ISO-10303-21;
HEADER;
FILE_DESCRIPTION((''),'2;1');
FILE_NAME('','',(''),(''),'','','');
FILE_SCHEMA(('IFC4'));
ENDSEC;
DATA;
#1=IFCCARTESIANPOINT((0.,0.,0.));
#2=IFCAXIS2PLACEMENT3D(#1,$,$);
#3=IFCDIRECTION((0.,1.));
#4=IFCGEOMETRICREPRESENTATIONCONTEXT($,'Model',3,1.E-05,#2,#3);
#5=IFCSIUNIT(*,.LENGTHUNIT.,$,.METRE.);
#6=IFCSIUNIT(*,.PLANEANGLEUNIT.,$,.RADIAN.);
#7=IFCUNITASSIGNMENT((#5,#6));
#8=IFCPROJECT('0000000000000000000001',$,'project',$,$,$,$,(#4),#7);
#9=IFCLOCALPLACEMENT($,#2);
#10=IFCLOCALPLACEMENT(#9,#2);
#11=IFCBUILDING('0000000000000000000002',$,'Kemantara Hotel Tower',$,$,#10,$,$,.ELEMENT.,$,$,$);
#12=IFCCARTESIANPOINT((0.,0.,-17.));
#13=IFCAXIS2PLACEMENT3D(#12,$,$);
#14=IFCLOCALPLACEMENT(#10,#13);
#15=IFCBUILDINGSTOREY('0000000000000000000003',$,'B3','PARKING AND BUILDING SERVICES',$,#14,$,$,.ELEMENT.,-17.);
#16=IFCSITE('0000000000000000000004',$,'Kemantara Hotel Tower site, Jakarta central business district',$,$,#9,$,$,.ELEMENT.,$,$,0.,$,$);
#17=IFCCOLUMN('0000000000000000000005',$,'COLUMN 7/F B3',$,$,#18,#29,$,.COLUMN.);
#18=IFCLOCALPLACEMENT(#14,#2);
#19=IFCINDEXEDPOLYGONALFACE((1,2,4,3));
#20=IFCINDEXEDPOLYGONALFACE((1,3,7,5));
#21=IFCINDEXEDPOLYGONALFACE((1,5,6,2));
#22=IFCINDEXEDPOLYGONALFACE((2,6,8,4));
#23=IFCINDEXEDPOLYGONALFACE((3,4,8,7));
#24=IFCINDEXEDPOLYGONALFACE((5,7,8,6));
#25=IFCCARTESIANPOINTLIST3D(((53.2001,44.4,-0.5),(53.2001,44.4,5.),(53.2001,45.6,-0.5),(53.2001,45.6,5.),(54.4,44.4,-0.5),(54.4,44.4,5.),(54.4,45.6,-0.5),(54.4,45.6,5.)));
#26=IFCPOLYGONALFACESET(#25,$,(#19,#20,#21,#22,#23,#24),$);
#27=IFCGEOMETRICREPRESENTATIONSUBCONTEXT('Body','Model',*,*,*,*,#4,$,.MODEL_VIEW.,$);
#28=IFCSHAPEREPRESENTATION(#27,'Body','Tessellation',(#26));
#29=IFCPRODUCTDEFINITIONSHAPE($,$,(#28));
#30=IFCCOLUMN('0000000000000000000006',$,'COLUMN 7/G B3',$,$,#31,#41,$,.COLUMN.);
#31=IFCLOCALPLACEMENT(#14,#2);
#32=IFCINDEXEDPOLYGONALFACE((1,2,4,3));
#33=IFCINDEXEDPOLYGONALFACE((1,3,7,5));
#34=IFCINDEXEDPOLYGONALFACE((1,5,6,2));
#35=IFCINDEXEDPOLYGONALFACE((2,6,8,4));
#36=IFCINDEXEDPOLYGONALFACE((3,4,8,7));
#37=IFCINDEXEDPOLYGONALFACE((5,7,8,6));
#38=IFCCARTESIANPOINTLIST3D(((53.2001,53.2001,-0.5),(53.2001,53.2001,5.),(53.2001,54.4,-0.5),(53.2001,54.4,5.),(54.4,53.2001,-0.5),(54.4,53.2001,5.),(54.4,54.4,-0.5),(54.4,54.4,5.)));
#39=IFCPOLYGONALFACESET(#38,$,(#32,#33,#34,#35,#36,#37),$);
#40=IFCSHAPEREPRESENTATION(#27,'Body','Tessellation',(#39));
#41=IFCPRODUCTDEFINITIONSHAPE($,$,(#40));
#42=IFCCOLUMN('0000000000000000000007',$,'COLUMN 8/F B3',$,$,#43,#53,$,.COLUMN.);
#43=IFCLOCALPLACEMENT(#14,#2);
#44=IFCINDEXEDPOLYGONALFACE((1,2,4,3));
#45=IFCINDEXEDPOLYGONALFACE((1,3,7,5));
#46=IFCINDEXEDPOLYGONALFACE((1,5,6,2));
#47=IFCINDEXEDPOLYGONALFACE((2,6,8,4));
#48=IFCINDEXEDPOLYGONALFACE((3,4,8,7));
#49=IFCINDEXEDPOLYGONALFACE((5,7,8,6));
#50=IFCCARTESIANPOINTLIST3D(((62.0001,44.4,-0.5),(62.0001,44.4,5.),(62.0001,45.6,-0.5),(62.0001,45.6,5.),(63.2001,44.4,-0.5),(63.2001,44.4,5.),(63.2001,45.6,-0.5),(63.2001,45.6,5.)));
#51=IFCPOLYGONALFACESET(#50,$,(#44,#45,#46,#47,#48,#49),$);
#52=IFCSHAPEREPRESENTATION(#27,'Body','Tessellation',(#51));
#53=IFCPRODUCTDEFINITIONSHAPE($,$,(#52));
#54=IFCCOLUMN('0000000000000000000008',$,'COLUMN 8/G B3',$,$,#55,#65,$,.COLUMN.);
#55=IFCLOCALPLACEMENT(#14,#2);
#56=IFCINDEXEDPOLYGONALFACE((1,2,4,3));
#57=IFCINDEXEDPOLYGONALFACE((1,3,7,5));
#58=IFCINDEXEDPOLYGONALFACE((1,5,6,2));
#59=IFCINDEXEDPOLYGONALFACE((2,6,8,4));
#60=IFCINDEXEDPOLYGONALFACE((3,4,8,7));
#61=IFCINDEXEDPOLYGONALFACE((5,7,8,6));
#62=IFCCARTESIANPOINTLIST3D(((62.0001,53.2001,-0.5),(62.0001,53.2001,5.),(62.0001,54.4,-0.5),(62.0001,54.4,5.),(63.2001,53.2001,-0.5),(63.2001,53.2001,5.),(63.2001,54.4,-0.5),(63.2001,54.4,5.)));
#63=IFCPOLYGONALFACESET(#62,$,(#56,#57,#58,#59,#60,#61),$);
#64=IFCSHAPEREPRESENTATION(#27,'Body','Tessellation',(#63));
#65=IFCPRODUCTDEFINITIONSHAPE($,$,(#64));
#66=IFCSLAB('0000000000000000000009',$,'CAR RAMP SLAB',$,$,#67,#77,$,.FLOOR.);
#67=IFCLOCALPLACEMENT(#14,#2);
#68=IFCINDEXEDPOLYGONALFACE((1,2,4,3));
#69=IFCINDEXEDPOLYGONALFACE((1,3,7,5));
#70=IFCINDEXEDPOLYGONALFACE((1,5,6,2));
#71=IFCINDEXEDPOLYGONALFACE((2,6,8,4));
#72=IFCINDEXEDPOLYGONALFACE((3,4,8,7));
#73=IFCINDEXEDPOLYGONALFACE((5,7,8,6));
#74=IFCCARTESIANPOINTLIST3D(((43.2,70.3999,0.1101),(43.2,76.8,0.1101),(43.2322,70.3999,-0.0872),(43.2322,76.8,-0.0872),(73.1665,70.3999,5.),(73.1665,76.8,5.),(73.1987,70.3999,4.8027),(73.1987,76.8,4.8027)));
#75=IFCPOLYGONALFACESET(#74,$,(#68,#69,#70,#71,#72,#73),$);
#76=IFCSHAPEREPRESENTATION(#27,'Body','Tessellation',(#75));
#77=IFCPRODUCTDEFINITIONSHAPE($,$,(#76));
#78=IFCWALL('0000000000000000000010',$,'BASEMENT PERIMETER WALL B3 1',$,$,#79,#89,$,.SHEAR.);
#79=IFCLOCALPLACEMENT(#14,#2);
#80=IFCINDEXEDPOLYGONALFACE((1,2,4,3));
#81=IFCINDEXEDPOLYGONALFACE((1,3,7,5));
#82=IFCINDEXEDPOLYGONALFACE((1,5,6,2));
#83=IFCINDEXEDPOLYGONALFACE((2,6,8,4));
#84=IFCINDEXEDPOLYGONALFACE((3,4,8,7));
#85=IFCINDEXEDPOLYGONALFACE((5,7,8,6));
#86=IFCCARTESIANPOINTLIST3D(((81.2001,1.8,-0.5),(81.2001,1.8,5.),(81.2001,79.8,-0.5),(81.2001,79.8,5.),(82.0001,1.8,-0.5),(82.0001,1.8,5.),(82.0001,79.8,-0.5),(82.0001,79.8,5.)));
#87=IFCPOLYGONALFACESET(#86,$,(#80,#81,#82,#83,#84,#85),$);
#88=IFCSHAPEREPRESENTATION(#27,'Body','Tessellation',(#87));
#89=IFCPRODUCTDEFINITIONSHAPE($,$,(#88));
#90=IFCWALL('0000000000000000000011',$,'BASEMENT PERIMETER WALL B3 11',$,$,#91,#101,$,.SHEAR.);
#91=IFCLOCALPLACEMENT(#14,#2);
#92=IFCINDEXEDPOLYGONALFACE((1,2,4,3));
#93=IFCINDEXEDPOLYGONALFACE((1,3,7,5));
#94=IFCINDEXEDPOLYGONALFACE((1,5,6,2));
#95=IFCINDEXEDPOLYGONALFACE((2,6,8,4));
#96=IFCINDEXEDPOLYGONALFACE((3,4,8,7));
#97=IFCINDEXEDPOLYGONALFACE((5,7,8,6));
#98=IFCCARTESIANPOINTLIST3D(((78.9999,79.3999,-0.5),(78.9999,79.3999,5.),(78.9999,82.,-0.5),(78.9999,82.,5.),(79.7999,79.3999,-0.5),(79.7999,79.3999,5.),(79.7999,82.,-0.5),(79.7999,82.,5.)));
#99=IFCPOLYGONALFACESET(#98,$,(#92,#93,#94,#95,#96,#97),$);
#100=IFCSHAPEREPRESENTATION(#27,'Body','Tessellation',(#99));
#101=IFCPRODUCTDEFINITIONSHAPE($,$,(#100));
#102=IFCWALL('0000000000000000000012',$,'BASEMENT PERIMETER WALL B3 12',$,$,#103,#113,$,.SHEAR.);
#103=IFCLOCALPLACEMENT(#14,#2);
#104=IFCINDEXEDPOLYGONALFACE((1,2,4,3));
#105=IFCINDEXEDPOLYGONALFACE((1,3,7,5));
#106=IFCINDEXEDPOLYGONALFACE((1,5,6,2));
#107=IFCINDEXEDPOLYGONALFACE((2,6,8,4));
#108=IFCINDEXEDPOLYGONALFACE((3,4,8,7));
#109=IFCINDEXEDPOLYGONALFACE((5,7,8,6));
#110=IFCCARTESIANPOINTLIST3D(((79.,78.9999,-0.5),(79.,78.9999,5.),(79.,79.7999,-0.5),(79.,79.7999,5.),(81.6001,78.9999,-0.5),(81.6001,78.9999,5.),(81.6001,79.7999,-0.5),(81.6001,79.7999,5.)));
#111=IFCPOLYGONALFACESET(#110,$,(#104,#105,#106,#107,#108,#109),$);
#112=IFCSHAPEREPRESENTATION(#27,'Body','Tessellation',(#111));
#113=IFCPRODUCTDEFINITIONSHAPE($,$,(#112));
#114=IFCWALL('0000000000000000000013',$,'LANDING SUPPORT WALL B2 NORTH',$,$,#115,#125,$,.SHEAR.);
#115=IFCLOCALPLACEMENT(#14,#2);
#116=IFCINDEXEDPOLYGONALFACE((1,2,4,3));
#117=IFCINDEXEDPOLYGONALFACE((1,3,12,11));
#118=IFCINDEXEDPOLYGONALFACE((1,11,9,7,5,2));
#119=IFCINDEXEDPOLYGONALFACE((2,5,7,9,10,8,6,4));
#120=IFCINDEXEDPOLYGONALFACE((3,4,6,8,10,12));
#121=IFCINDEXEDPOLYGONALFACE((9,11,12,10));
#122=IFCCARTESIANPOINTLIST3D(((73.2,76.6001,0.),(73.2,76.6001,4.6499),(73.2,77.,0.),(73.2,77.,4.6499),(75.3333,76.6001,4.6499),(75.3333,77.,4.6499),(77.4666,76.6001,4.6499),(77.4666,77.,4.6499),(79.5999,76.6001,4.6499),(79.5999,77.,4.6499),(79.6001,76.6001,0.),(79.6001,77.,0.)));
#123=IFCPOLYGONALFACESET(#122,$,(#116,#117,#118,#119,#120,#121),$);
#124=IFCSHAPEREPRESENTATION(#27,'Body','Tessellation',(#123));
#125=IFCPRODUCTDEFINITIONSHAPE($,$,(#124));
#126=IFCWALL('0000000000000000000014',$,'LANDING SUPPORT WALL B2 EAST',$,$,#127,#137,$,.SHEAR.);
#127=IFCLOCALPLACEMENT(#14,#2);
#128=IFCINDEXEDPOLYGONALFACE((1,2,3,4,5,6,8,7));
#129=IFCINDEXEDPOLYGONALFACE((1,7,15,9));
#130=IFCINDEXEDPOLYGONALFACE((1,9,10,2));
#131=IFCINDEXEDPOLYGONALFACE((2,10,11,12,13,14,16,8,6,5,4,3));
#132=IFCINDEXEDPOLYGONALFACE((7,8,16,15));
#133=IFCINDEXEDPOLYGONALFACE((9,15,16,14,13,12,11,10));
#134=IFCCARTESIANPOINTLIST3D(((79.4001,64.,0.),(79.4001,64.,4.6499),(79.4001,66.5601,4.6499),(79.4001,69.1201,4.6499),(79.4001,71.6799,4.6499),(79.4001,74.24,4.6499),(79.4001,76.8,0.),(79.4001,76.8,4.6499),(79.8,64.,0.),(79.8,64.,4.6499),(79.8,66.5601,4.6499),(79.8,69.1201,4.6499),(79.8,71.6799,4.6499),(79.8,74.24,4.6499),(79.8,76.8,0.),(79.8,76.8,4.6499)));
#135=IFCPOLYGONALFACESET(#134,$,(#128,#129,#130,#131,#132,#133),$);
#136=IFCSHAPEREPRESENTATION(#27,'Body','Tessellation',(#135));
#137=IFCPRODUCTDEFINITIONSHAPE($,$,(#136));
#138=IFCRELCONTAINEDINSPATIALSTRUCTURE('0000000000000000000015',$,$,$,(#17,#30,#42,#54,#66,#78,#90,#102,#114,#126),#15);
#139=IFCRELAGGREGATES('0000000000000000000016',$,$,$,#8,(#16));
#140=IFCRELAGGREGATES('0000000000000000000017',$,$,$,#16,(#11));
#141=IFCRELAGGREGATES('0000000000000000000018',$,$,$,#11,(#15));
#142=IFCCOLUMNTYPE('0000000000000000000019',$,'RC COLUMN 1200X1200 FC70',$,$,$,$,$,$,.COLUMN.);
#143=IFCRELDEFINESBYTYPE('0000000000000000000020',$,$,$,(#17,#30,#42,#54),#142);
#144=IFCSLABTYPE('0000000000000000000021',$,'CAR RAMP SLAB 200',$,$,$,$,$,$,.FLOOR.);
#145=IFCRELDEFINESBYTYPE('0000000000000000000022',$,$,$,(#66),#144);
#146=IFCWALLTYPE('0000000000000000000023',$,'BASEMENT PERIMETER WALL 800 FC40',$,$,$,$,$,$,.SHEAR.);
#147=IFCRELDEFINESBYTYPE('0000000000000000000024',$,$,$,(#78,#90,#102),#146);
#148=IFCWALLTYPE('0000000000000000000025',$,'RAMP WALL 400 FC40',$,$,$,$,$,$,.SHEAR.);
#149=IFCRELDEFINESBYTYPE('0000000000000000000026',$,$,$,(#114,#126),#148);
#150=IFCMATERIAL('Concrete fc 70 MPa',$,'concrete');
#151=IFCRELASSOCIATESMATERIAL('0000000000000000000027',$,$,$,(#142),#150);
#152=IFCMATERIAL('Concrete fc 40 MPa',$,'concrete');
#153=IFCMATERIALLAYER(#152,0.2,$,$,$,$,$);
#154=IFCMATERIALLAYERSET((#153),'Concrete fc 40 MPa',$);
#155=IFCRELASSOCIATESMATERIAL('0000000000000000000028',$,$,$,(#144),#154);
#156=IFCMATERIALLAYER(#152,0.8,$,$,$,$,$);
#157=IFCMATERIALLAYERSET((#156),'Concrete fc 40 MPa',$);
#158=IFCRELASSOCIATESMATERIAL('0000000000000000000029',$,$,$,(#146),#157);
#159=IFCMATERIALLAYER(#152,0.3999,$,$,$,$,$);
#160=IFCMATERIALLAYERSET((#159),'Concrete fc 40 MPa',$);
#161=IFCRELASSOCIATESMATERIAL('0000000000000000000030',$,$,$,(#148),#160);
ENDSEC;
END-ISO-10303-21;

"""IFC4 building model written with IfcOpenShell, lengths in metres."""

from ifc_helpers import new_model, si_unit, direction, frame, frame_2d, origin, origin_2d, place, context, subcontext, project, spatial, polyline, rectangle, outline, extrude, material, layer, layer_set, material_profile, profile_set, type_object, element, save


model = new_model("IFC4")

# Units and contexts
model_context = context("Model", 3, precision=1e-05, world=origin(), true_north=direction((0.0, 1.0)))
body_context = subcontext(model_context, "Body", "Model", "MODEL_VIEW")
ifc_project = project(units=[si_unit("LENGTHUNIT", "METRE"), si_unit("PLANEANGLEUNIT", "RADIAN")], contexts=[model_context])

# Site, building, storey
site_placement = place(None, origin())
site = spatial("IfcSite", under=ifc_project, at=site_placement, Name="Kemantara Hotel Tower site, Jakarta central business district", CompositionType="ELEMENT", RefElevation=0.0)
building_placement = place(site_placement, origin())
building = spatial("IfcBuilding", under=site, at=building_placement, Name="Kemantara Hotel Tower", CompositionType="ELEMENT")
storey_placement = place(building_placement, frame((0.0, 0.0, -17.0)))
storey = spatial("IfcBuildingStorey", under=building, at=storey_placement, Name="B3", Description="PARKING AND BUILDING SERVICES", CompositionType="ELEMENT", Elevation=-17.0)

# Columns
ifc_material_1 = material(Name="Concrete fc 70 MPa", Category="concrete")
ifc_material_profile_1 = material_profile(ifc_material_1, rectangle(XDim=1.2, YDim=1.2, at=origin_2d()), Name="RC 1200X1200")
ifc_profile_set_1 = profile_set([ifc_material_profile_1], Name="Concrete fc 70 MPa")
column_type_1 = type_object("IfcColumnType", Name="RC COLUMN 1200X1200 FC70", PredefinedType="COLUMN", material=ifc_profile_set_1)
for number, where, z_axis, x_axis, name in (
    (1, (53.8, 45.0, -0.5), (0.0, 0.0, 1.0), (1.0, 0.0, 0.0), "COLUMN 7/F B3"),
    (2, (53.8, 53.8, -0.5), (0.0, 0.0, 1.0), (1.0, 0.0, 0.0), "COLUMN 7/G B3"),
    (3, (62.6001, 45.0, -0.5), (0.0, 0.0, 1.0), (1.0, 0.0, 0.0), "COLUMN 8/F B3"),
    (4, (62.6001, 53.8, -0.5), (0.0, 0.0, 1.0), (1.0, 0.0, 0.0), "COLUMN 8/G B3"),
):
    element("IfcColumn", number, at=place(storey_placement, frame(where, z_axis=z_axis, x_axis=x_axis)), inside=storey, type_object=column_type_1, Name=name, PredefinedType="COLUMN", context=body_context, shape_type="SweptSolid", body=[
        extrude(rectangle(XDim=1.2, YDim=1.2, at=origin_2d()), origin(), (0.0, 0.0, 1.0), 5.5),
    ])

# Slab
ifc_material_2 = material(Name="Concrete fc 40 MPa", Category="concrete")
ifc_layer_1 = layer(ifc_material_2, 0.2)
ifc_layer_set_1 = layer_set([ifc_layer_1], Name="Concrete fc 40 MPa")
slab_type = type_object("IfcSlabType", Name="CAR RAMP SLAB 200", PredefinedType="FLOOR", material=ifc_layer_set_1)
slab_placement = place(storey_placement, frame((73.1665, 70.3999, 5.0), z_axis=(-0.161048, 0.0, 0.986947), x_axis=(-0.986947, 0.0, -0.161048)))
element("IfcSlab", 5, at=slab_placement, inside=storey, type_object=slab_type, Name="CAR RAMP SLAB", PredefinedType="FLOOR", context=body_context, shape_type="SweptSolid", body=[
    extrude(outline(polyline([(0.0, 0.0), (30.3629, 0.0), (30.3629, -6.4001), (0.0, -6.4001), (0.0, 0.0)])), origin(), (0.0, 0.0, -1.0), 0.2),
])

# Walls
ifc_layer_2 = layer(ifc_material_2, 0.8)
ifc_layer_set_2 = layer_set([ifc_layer_2], Name="Concrete fc 40 MPa")
wall_type_1 = type_object("IfcWallType", Name="BASEMENT PERIMETER WALL 800 FC40", PredefinedType="SHEAR", material=ifc_layer_set_2)
wall_1_placement = place(storey_placement, frame((81.6001, 79.8, -0.5), z_axis=(0.0, 0.0, 1.0), x_axis=(0.0, -1.0, 0.0)))
element("IfcWall", 6, at=wall_1_placement, inside=storey, type_object=wall_type_1, Name="BASEMENT PERIMETER WALL B3 1", PredefinedType="SHEAR", context=body_context, shape_type="SweptSolid", body=[
    extrude(rectangle(XDim=78.0, YDim=0.8, at=frame_2d((39.0, 0.0))), origin(), (0.0, 0.0, 1.0), 5.5),
])
for number, where, z_axis, x_axis, name in (
    (7, (79.3999, 82.0, -0.5), (0.0, 0.0, 1.0), (0.0, -1.0, 0.0), "BASEMENT PERIMETER WALL B3 11"),
    (8, (79.0, 79.3999, -0.5), (0.0, 0.0, 1.0), (1.0, 0.0, 0.0), "BASEMENT PERIMETER WALL B3 12"),
):
    element("IfcWall", number, at=place(storey_placement, frame(where, z_axis=z_axis, x_axis=x_axis)), inside=storey, type_object=wall_type_1, Name=name, PredefinedType="SHEAR", context=body_context, shape_type="SweptSolid", body=[
        extrude(rectangle(XDim=2.6001, YDim=0.8, at=frame_2d((1.3, 0.0))), origin(), (0.0, 0.0, 1.0), 5.5),
    ])
ifc_layer_3 = layer(ifc_material_2, 0.3999)
ifc_layer_set_3 = layer_set([ifc_layer_3], Name="Concrete fc 40 MPa")
wall_type_2 = type_object("IfcWallType", Name="RAMP WALL 400 FC40", PredefinedType="SHEAR", material=ifc_layer_set_3)
wall_2_placement = place(storey_placement, frame((73.2, 76.8, 0.0), z_axis=(0.0, 0.0, 1.0), x_axis=(1.0, 0.0, 0.0)))
element("IfcWall", 9, at=wall_2_placement, inside=storey, type_object=wall_type_2, Name="LANDING SUPPORT WALL B2 NORTH", PredefinedType="SHEAR", context=body_context, shape_type="SweptSolid", body=[
    extrude(outline(polyline([(0.0, 0.0), (6.4001, 0.0), (6.3999, 4.6499), (4.2666, 4.6499), (2.1333, 4.6499), (0.0, 4.6499), (0.0, 0.0)])), frame((0.0, 0.2, 0.0), z_axis=(0.0, -1.0, 0.0), x_axis=(1.0, 0.0, 0.0)), (0.0, 0.0, 1.0), 0.3999),
])
wall_3_placement = place(storey_placement, frame((79.6001, 64.0, 0.0), z_axis=(0.0, 0.0, 1.0), x_axis=(0.0, 1.0, 0.0)))
element("IfcWall", 10, at=wall_3_placement, inside=storey, type_object=wall_type_2, Name="LANDING SUPPORT WALL B2 EAST", PredefinedType="SHEAR", context=body_context, shape_type="SweptSolid", body=[
    extrude(outline(polyline([(0.0, 0.0), (12.8, 0.0), (12.8, 4.6499), (10.24, 4.6499), (7.6799, 4.6499), (5.1201, 4.6499), (2.5601, 4.6499), (0.0, 4.6499), (0.0, 0.0)])), frame((0.0, 0.2, 0.0), z_axis=(0.0, -1.0, 0.0), x_axis=(1.0, 0.0, 0.0)), (0.0, 0.0, 1.0), 0.3999),
])

save(model, "model.ifc")
